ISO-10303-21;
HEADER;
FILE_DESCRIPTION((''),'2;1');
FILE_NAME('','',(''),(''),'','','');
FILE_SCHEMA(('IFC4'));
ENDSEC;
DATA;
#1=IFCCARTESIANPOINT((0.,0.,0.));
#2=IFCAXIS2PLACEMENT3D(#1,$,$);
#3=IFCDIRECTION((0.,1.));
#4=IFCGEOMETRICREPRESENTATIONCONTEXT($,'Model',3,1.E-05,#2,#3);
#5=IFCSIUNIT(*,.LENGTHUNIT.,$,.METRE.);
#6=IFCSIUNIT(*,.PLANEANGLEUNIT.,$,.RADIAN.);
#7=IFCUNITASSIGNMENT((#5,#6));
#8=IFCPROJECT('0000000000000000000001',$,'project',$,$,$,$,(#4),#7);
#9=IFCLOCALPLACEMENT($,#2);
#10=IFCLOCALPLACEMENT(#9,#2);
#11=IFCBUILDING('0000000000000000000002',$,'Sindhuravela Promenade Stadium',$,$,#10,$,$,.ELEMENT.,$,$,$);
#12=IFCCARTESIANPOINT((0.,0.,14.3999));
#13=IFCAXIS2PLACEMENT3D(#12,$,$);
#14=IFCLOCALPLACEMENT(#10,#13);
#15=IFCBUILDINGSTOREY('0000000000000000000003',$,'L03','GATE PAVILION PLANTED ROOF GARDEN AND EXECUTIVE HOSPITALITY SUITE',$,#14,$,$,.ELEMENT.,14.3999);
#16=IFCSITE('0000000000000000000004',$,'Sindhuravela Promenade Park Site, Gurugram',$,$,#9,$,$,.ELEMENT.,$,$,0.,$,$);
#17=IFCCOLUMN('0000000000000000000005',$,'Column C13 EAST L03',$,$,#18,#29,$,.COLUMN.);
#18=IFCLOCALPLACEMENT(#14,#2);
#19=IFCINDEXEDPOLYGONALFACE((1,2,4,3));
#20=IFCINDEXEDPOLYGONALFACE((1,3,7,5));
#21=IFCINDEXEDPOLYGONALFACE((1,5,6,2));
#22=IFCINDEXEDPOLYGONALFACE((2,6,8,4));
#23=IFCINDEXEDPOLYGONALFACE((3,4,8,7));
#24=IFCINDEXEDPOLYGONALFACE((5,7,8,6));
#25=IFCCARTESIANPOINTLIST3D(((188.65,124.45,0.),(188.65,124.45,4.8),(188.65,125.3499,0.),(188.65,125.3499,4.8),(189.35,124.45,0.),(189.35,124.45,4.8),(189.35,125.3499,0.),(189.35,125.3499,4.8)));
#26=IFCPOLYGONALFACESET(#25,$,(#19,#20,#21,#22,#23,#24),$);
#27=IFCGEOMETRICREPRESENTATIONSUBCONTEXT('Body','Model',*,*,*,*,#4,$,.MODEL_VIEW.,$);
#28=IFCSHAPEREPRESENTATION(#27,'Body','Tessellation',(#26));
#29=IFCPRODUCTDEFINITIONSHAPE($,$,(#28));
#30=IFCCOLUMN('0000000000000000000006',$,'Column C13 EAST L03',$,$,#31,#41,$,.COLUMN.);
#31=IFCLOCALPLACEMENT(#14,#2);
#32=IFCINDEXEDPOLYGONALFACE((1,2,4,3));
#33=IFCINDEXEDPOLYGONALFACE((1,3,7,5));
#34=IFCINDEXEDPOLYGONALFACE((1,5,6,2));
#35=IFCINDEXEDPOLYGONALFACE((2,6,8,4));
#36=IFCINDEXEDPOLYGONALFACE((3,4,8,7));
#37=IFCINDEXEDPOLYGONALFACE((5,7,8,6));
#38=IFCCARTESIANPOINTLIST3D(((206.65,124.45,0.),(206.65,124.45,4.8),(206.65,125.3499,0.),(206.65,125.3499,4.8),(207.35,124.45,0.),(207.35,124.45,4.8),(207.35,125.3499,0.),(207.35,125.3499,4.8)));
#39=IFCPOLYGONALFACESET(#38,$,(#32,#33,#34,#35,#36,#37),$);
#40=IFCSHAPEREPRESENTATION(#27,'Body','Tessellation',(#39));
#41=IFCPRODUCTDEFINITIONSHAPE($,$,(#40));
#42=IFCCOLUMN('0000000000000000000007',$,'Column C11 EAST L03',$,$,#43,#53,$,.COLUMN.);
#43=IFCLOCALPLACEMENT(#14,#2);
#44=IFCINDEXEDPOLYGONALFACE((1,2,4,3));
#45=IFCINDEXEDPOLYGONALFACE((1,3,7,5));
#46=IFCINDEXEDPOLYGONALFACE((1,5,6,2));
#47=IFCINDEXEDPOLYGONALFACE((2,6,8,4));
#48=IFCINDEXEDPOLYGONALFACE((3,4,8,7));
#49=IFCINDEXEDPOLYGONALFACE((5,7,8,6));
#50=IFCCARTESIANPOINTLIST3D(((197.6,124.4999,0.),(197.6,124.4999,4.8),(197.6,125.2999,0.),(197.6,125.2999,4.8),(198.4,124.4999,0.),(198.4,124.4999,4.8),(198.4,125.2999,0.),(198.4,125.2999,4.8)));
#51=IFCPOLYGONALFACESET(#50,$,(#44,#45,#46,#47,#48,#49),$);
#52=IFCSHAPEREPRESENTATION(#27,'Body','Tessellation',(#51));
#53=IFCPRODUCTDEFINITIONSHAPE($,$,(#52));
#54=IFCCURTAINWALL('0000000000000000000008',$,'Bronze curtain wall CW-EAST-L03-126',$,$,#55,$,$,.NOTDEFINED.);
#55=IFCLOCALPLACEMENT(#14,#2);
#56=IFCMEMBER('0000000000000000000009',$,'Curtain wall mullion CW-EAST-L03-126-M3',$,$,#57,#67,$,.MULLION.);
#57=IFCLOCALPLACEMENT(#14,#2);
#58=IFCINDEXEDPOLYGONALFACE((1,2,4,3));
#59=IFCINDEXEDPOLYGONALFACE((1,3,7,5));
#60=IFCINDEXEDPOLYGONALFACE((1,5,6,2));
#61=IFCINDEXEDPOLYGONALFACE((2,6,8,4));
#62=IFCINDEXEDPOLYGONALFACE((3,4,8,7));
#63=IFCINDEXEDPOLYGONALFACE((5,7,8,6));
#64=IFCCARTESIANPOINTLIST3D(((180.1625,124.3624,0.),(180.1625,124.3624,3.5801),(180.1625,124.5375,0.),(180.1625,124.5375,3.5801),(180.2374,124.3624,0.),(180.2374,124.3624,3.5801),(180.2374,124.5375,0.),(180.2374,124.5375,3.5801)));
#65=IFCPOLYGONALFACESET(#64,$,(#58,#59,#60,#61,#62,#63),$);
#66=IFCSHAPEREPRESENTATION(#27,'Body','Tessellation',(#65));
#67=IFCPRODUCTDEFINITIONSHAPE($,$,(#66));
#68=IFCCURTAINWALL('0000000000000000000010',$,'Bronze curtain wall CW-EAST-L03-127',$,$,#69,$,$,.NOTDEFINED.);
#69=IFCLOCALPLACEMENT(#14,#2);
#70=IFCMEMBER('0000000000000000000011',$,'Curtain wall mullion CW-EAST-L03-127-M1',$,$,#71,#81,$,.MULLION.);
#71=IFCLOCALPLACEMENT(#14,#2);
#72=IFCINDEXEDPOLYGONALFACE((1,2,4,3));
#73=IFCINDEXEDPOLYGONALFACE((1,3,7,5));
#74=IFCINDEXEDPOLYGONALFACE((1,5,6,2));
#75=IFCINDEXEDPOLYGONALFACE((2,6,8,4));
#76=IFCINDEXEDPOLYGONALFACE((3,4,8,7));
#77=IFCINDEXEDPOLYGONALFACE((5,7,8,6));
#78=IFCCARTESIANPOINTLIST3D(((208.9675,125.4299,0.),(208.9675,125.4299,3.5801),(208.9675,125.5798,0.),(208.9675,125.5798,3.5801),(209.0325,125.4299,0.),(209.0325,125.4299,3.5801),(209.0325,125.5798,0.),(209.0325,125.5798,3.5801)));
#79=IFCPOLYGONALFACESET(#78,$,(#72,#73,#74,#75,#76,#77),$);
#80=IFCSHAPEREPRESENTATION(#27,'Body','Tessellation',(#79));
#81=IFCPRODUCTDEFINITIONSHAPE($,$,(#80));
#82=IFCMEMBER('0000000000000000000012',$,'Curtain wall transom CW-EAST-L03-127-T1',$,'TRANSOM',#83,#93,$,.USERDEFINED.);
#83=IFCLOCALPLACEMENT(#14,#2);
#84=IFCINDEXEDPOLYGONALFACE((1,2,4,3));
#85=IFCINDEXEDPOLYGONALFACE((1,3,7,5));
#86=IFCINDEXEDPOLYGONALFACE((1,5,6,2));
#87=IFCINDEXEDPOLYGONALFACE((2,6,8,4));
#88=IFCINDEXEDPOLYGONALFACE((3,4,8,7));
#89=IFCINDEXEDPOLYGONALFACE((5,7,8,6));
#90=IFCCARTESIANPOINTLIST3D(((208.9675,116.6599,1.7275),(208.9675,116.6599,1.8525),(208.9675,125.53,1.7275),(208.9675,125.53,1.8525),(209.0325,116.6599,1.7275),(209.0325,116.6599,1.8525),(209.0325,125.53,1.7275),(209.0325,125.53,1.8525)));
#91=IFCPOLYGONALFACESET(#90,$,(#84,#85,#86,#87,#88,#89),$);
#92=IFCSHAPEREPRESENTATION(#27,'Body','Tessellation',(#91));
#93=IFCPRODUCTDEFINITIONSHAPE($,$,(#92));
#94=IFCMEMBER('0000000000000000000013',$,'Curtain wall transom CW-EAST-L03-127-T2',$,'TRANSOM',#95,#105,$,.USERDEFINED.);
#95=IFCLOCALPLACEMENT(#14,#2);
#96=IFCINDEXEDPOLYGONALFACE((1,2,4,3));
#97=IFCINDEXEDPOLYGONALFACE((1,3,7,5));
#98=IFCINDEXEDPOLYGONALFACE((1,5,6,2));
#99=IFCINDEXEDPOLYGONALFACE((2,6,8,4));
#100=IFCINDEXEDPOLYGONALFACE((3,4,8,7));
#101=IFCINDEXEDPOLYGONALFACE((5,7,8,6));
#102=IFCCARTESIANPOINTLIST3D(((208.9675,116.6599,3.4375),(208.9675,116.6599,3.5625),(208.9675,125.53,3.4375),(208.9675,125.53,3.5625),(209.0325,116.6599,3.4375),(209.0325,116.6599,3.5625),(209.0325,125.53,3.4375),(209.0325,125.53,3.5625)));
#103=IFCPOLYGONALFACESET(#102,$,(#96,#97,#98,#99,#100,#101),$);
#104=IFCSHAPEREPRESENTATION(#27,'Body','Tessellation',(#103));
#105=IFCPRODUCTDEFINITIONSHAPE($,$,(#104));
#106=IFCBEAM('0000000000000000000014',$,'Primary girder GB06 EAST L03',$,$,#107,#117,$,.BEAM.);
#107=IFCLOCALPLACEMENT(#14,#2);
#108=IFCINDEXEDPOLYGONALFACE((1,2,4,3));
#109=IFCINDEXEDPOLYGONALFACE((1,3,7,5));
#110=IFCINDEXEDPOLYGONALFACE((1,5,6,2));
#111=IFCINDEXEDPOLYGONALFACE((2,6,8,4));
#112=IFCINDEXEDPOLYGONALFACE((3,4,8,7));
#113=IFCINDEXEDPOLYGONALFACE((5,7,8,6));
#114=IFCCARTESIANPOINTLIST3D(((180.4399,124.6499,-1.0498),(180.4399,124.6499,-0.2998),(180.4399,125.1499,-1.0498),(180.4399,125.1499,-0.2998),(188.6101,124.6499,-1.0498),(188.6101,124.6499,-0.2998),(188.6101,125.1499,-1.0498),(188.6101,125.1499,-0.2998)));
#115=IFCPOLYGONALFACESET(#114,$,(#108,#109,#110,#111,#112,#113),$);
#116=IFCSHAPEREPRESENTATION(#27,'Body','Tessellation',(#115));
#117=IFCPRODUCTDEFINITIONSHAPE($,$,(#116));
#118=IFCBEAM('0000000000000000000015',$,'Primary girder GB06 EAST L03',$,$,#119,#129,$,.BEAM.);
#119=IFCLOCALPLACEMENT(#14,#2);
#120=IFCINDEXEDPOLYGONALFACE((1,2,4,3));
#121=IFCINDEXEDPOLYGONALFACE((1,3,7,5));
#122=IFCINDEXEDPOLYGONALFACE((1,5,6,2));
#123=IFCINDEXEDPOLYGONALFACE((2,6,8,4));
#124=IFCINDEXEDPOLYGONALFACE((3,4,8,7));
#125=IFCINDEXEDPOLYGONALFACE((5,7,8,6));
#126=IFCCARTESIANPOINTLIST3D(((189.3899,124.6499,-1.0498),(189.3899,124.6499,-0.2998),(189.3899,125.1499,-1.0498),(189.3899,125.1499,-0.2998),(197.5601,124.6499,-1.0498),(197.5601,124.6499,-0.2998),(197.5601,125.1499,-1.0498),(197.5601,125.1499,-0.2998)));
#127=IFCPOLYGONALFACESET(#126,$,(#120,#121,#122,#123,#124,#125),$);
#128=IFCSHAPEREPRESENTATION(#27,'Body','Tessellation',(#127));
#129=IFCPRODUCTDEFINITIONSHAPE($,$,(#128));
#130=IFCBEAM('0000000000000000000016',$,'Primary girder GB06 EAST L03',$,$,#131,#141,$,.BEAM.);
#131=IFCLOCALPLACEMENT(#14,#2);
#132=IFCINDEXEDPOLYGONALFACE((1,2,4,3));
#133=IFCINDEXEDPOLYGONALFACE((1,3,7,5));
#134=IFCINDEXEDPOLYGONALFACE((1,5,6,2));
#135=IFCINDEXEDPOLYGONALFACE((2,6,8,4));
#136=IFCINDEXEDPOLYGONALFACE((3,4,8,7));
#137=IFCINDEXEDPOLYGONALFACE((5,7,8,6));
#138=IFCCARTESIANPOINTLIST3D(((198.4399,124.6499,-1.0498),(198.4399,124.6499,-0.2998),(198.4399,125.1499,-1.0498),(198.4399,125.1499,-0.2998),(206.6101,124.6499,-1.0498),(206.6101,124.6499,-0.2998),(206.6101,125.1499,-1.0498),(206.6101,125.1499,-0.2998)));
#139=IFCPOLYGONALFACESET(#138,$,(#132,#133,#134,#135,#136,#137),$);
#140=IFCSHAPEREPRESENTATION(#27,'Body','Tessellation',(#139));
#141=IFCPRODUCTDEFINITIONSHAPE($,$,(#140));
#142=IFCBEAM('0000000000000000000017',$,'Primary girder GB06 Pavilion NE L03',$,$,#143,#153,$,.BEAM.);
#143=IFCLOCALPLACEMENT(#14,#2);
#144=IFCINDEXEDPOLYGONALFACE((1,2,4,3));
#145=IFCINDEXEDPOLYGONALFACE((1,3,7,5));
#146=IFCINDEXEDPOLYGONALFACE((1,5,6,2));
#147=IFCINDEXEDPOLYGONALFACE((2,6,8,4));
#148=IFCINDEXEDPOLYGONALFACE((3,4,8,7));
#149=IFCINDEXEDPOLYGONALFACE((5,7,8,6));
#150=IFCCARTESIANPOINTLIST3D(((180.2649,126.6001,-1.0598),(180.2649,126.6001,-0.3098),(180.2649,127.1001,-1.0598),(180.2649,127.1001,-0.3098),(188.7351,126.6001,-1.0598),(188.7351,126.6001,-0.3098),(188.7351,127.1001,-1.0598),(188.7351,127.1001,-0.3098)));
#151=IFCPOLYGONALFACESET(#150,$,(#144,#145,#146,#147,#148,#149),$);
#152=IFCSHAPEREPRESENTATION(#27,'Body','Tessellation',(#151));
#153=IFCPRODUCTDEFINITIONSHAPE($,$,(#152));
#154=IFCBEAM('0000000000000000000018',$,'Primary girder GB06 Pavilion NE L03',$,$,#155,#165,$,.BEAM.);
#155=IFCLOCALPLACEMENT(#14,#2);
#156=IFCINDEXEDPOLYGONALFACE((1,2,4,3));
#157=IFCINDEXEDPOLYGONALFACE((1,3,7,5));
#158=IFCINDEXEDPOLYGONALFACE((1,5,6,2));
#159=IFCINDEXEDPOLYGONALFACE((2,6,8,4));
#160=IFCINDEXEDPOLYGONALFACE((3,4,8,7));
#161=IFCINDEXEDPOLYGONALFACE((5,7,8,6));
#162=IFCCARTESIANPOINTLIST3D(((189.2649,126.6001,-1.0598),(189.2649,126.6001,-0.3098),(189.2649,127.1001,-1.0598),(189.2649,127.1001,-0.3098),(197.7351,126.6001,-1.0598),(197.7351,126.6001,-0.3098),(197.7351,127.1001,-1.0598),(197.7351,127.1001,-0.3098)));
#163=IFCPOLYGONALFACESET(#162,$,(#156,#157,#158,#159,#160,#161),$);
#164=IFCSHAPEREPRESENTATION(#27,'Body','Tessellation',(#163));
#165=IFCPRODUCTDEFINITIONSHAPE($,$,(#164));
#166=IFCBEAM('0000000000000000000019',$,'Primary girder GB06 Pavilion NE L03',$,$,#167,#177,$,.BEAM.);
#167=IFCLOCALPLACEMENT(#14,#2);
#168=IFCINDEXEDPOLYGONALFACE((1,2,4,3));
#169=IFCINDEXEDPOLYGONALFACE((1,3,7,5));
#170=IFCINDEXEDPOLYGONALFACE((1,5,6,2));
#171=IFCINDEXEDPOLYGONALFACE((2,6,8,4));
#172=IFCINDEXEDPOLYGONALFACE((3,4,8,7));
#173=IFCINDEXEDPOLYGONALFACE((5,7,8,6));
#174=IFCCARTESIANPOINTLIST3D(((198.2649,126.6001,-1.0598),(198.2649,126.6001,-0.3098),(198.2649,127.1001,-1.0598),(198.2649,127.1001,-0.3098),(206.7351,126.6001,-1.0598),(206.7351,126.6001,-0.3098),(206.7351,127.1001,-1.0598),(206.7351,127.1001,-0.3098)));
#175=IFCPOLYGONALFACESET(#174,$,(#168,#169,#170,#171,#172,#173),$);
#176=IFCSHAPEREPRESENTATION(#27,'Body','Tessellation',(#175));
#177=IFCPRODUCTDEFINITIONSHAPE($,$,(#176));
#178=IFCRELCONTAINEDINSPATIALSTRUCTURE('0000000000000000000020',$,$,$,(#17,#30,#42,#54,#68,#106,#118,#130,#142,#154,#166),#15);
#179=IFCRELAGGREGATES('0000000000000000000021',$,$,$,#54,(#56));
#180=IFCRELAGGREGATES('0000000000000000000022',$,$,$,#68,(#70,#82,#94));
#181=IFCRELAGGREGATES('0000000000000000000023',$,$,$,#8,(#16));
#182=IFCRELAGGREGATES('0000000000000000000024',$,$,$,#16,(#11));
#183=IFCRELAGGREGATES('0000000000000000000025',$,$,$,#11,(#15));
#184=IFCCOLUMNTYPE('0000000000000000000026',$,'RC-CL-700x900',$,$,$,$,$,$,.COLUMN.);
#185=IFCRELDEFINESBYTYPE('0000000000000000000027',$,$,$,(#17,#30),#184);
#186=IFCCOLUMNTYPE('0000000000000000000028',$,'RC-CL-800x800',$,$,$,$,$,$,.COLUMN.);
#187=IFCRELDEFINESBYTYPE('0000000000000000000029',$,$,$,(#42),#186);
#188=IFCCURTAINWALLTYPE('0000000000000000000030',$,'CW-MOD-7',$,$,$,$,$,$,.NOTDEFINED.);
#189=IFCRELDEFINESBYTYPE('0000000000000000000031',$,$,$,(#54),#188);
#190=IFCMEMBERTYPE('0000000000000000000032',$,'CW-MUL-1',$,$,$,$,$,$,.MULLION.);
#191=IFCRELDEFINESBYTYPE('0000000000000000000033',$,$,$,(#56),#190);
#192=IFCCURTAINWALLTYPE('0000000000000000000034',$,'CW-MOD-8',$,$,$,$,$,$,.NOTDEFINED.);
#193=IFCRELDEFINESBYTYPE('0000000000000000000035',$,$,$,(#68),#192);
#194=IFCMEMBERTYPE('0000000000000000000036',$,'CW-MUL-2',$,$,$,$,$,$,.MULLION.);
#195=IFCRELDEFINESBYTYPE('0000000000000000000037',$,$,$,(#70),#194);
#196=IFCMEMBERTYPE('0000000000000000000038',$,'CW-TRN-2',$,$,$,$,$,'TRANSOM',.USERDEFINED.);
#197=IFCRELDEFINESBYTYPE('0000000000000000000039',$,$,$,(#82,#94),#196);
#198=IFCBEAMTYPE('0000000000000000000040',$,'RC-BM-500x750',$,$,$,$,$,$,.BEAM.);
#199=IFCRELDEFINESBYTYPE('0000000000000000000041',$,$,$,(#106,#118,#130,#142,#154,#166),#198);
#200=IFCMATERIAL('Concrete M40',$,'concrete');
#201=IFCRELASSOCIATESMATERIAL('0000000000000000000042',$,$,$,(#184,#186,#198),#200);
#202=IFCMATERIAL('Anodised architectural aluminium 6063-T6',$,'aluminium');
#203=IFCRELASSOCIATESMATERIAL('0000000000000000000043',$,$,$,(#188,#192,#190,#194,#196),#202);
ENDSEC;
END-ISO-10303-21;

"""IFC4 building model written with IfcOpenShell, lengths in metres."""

from ifc_helpers import new_model, si_unit, direction, frame, origin, origin_2d, place, context, subcontext, project, spatial, rectangle, extrude, material, material_profile, profile_set, type_object, element, aggregate, save


model = new_model("IFC4")

# Units and contexts
model_context = context("Model", 3, precision=1e-05, world=origin(), true_north=direction((0.0, 1.0)))
body_context = subcontext(model_context, "Body", "Model", "MODEL_VIEW")
ifc_project = project(units=[si_unit("LENGTHUNIT", "METRE"), si_unit("PLANEANGLEUNIT", "RADIAN")], contexts=[model_context])

# Site, building, storey
site_placement = place(None, origin())
site = spatial("IfcSite", under=ifc_project, at=site_placement, Name="Sindhuravela Promenade Park Site, Gurugram", CompositionType="ELEMENT", RefElevation=0.0)
building_placement = place(site_placement, origin())
building = spatial("IfcBuilding", under=site, at=building_placement, Name="Sindhuravela Promenade Stadium", CompositionType="ELEMENT")
storey_placement = place(building_placement, frame((0.0, 0.0, 14.3999)))
storey = spatial("IfcBuildingStorey", under=building, at=storey_placement, Name="L03", Description="GATE PAVILION PLANTED ROOF GARDEN AND EXECUTIVE HOSPITALITY SUITE", CompositionType="ELEMENT", Elevation=14.3999)

# Columns
ifc_material_1 = material(Name="Concrete M40", Category="concrete")
ifc_material_profile_1 = material_profile(ifc_material_1, rectangle(XDim=0.7, YDim=0.8999, at=origin_2d()), Name="RC 700x900")
ifc_profile_set_1 = profile_set([ifc_material_profile_1], Name="Concrete M40")
column_type_1 = type_object("IfcColumnType", Name="RC-CL-700x900", PredefinedType="COLUMN", material=ifc_profile_set_1)
for number, where, z_axis, x_axis, name in (
    (1, (189.0, 124.8999, 0.0), (0.0, 0.0, 1.0), (1.0, 0.0, 0.0), "Column C13 EAST L03"),
    (2, (207.0, 124.8999, 0.0), (0.0, 0.0, 1.0), (1.0, 0.0, 0.0), "Column C13 EAST L03"),
):
    element("IfcColumn", number, at=place(storey_placement, frame(where, z_axis=z_axis, x_axis=x_axis)), inside=storey, type_object=column_type_1, Name=name, PredefinedType="COLUMN", context=body_context, shape_type="SweptSolid", body=[
        extrude(rectangle(XDim=0.7, YDim=0.8999, at=origin_2d()), origin(), (0.0, 0.0, 1.0), 4.8),
    ])
ifc_material_profile_2 = material_profile(ifc_material_1, rectangle(XDim=0.8, YDim=0.8, at=origin_2d()), Name="RC 800x800")
ifc_profile_set_2 = profile_set([ifc_material_profile_2], Name="Concrete M40")
column_type_2 = type_object("IfcColumnType", Name="RC-CL-800x800", PredefinedType="COLUMN", material=ifc_profile_set_2)
column_placement = place(storey_placement, frame((198.0, 124.8999, 0.0), z_axis=(0.0, 0.0, 1.0), x_axis=(1.0, 0.0, 0.0)))
element("IfcColumn", 3, at=column_placement, inside=storey, type_object=column_type_2, Name="Column C11 EAST L03", PredefinedType="COLUMN", context=body_context, shape_type="SweptSolid", body=[
    extrude(rectangle(XDim=0.8, YDim=0.8, at=origin_2d()), origin(), (0.0, 0.0, 1.0), 4.8),
])

# Curtain wall, member
ifc_material_2 = material(Name="Anodised architectural aluminium 6063-T6", Category="aluminium")
curtain_wall_type_1 = type_object("IfcCurtainWallType", Name="CW-MOD-7", PredefinedType="NOTDEFINED", material=ifc_material_2)
curtain_wall_1_placement = place(storey_placement, origin())
curtain_wall_1 = element("IfcCurtainWall", 4, at=curtain_wall_1_placement, inside=storey, type_object=curtain_wall_type_1, Name="Bronze curtain wall CW-EAST-L03-126", PredefinedType="NOTDEFINED")
ifc_material_profile_3 = material_profile(ifc_material_2, rectangle(XDim=0.075, YDim=0.175, at=origin_2d()), Name="ALU MULL 75x175")
ifc_profile_set_3 = profile_set([ifc_material_profile_3], Name="Anodised architectural aluminium 6063-T6")
member_type_1 = type_object("IfcMemberType", Name="CW-MUL-1", PredefinedType="MULLION", material=ifc_profile_set_3)
member_1_placement = place(storey_placement, frame((180.2, 124.45, 0.0), z_axis=(0.0, 0.0, 1.0), x_axis=(1.0, 0.0, 0.0)))
member_1 = element("IfcMember", 5, at=member_1_placement, type_object=member_type_1, Name="Curtain wall mullion CW-EAST-L03-126-M3", PredefinedType="MULLION", context=body_context, shape_type="SweptSolid", body=[
    extrude(rectangle(XDim=0.075, YDim=0.175, at=origin_2d()), origin(), (0.0, 0.0, 1.0), 3.5801),
])

# Curtain wall, members
curtain_wall_type_2 = type_object("IfcCurtainWallType", Name="CW-MOD-8", PredefinedType="NOTDEFINED", material=ifc_material_2)
curtain_wall_2_placement = place(storey_placement, origin())
curtain_wall_2 = element("IfcCurtainWall", 6, at=curtain_wall_2_placement, inside=storey, type_object=curtain_wall_type_2, Name="Bronze curtain wall CW-EAST-L03-127", PredefinedType="NOTDEFINED")
ifc_material_profile_4 = material_profile(ifc_material_2, rectangle(XDim=0.0649, YDim=0.1499, at=origin_2d()), Name="ALU MULL 65x150")
ifc_profile_set_4 = profile_set([ifc_material_profile_4], Name="Anodised architectural aluminium 6063-T6")
member_type_2 = type_object("IfcMemberType", Name="CW-MUL-2", PredefinedType="MULLION", material=ifc_profile_set_4)
member_2_placement = place(storey_placement, frame((209.0, 125.5049, 0.0), z_axis=(0.0, 0.0, 1.0), x_axis=(1.0, 0.0, 0.0)))
member_2 = element("IfcMember", 7, at=member_2_placement, type_object=member_type_2, Name="Curtain wall mullion CW-EAST-L03-127-M1", PredefinedType="MULLION", context=body_context, shape_type="SweptSolid", body=[
    extrude(rectangle(XDim=0.0649, YDim=0.1499, at=origin_2d()), origin(), (0.0, 0.0, 1.0), 3.5801),
])
ifc_material_profile_5 = material_profile(ifc_material_2, rectangle(XDim=0.0649, YDim=0.125, at=origin_2d()), Name="ALU TRAN 65x125")
ifc_profile_set_5 = profile_set([ifc_material_profile_5], Name="Anodised architectural aluminium 6063-T6")
member_type_3 = type_object("IfcMemberType", Name="CW-TRN-2", ElementType="TRANSOM", PredefinedType="USERDEFINED", material=ifc_profile_set_5)
member_3_placement = place(storey_placement, frame((209.0, 125.53, 1.79), z_axis=(0.0, -1.0, 0.0), x_axis=(1.0, 0.0, 0.0)))
member_3 = element("IfcMember", 8, at=member_3_placement, type_object=member_type_3, Name="Curtain wall transom CW-EAST-L03-127-T1", ObjectType="TRANSOM", PredefinedType="USERDEFINED", context=body_context, shape_type="SweptSolid", body=[
    extrude(rectangle(XDim=0.0649, YDim=0.125, at=origin_2d()), origin(), (0.0, 0.0, 1.0), 8.8701),
])
member_4_placement = place(storey_placement, frame((209.0, 125.53, 3.5), z_axis=(0.0, -1.0, 0.0), x_axis=(1.0, 0.0, 0.0)))
member_4 = element("IfcMember", 9, at=member_4_placement, type_object=member_type_3, Name="Curtain wall transom CW-EAST-L03-127-T2", ObjectType="TRANSOM", PredefinedType="USERDEFINED", context=body_context, shape_type="SweptSolid", body=[
    extrude(rectangle(XDim=0.0649, YDim=0.125, at=origin_2d()), origin(), (0.0, 0.0, 1.0), 8.8701),
])

# Beams
ifc_material_profile_6 = material_profile(ifc_material_1, rectangle(XDim=0.5, YDim=0.75, at=origin_2d()), Name="RC 500x750")
ifc_profile_set_6 = profile_set([ifc_material_profile_6], Name="Concrete M40")
beam_type_1 = type_object("IfcBeamType", Name="RC-BM-500x750", PredefinedType="BEAM", material=ifc_profile_set_6)
for number, where, z_axis, x_axis, name in (
    (10, (180.4399, 124.8999, -0.6748), (1.0, 0.0, 0.0), (0.0, 1.0, 0.0), "Primary girder GB06 EAST L03"),
    (11, (189.3899, 124.8999, -0.6748), (1.0, 0.0, 0.0), (0.0, 1.0, 0.0), "Primary girder GB06 EAST L03"),
    (12, (198.4399, 124.8999, -0.6748), (1.0, 0.0, 0.0), (0.0, 1.0, 0.0), "Primary girder GB06 EAST L03"),
):
    element("IfcBeam", number, at=place(storey_placement, frame(where, z_axis=z_axis, x_axis=x_axis)), inside=storey, type_object=beam_type_1, Name=name, PredefinedType="BEAM", context=body_context, shape_type="SweptSolid", body=[
        extrude(rectangle(XDim=0.5, YDim=0.75, at=origin_2d()), origin(), (0.0, 0.0, 1.0), 8.1702),
    ])
for number, where, z_axis, x_axis, name in (
    (13, (180.2649, 126.8501, -0.6848), (1.0, 0.0, 0.0), (0.0, 1.0, 0.0), "Primary girder GB06 Pavilion NE L03"),
    (14, (189.2649, 126.8501, -0.6848), (1.0, 0.0, 0.0), (0.0, 1.0, 0.0), "Primary girder GB06 Pavilion NE L03"),
    (15, (198.2649, 126.8501, -0.6848), (1.0, 0.0, 0.0), (0.0, 1.0, 0.0), "Primary girder GB06 Pavilion NE L03"),
):
    element("IfcBeam", number, at=place(storey_placement, frame(where, z_axis=z_axis, x_axis=x_axis)), inside=storey, type_object=beam_type_1, Name=name, PredefinedType="BEAM", context=body_context, shape_type="SweptSolid", body=[
        extrude(rectangle(XDim=0.5, YDim=0.75, at=origin_2d()), origin(), (0.0, 0.0, 1.0), 8.4702),
    ])

aggregate(curtain_wall_1, [member_1])
aggregate(curtain_wall_2, [member_2, member_3, member_4])

save(model, "model.ifc")
